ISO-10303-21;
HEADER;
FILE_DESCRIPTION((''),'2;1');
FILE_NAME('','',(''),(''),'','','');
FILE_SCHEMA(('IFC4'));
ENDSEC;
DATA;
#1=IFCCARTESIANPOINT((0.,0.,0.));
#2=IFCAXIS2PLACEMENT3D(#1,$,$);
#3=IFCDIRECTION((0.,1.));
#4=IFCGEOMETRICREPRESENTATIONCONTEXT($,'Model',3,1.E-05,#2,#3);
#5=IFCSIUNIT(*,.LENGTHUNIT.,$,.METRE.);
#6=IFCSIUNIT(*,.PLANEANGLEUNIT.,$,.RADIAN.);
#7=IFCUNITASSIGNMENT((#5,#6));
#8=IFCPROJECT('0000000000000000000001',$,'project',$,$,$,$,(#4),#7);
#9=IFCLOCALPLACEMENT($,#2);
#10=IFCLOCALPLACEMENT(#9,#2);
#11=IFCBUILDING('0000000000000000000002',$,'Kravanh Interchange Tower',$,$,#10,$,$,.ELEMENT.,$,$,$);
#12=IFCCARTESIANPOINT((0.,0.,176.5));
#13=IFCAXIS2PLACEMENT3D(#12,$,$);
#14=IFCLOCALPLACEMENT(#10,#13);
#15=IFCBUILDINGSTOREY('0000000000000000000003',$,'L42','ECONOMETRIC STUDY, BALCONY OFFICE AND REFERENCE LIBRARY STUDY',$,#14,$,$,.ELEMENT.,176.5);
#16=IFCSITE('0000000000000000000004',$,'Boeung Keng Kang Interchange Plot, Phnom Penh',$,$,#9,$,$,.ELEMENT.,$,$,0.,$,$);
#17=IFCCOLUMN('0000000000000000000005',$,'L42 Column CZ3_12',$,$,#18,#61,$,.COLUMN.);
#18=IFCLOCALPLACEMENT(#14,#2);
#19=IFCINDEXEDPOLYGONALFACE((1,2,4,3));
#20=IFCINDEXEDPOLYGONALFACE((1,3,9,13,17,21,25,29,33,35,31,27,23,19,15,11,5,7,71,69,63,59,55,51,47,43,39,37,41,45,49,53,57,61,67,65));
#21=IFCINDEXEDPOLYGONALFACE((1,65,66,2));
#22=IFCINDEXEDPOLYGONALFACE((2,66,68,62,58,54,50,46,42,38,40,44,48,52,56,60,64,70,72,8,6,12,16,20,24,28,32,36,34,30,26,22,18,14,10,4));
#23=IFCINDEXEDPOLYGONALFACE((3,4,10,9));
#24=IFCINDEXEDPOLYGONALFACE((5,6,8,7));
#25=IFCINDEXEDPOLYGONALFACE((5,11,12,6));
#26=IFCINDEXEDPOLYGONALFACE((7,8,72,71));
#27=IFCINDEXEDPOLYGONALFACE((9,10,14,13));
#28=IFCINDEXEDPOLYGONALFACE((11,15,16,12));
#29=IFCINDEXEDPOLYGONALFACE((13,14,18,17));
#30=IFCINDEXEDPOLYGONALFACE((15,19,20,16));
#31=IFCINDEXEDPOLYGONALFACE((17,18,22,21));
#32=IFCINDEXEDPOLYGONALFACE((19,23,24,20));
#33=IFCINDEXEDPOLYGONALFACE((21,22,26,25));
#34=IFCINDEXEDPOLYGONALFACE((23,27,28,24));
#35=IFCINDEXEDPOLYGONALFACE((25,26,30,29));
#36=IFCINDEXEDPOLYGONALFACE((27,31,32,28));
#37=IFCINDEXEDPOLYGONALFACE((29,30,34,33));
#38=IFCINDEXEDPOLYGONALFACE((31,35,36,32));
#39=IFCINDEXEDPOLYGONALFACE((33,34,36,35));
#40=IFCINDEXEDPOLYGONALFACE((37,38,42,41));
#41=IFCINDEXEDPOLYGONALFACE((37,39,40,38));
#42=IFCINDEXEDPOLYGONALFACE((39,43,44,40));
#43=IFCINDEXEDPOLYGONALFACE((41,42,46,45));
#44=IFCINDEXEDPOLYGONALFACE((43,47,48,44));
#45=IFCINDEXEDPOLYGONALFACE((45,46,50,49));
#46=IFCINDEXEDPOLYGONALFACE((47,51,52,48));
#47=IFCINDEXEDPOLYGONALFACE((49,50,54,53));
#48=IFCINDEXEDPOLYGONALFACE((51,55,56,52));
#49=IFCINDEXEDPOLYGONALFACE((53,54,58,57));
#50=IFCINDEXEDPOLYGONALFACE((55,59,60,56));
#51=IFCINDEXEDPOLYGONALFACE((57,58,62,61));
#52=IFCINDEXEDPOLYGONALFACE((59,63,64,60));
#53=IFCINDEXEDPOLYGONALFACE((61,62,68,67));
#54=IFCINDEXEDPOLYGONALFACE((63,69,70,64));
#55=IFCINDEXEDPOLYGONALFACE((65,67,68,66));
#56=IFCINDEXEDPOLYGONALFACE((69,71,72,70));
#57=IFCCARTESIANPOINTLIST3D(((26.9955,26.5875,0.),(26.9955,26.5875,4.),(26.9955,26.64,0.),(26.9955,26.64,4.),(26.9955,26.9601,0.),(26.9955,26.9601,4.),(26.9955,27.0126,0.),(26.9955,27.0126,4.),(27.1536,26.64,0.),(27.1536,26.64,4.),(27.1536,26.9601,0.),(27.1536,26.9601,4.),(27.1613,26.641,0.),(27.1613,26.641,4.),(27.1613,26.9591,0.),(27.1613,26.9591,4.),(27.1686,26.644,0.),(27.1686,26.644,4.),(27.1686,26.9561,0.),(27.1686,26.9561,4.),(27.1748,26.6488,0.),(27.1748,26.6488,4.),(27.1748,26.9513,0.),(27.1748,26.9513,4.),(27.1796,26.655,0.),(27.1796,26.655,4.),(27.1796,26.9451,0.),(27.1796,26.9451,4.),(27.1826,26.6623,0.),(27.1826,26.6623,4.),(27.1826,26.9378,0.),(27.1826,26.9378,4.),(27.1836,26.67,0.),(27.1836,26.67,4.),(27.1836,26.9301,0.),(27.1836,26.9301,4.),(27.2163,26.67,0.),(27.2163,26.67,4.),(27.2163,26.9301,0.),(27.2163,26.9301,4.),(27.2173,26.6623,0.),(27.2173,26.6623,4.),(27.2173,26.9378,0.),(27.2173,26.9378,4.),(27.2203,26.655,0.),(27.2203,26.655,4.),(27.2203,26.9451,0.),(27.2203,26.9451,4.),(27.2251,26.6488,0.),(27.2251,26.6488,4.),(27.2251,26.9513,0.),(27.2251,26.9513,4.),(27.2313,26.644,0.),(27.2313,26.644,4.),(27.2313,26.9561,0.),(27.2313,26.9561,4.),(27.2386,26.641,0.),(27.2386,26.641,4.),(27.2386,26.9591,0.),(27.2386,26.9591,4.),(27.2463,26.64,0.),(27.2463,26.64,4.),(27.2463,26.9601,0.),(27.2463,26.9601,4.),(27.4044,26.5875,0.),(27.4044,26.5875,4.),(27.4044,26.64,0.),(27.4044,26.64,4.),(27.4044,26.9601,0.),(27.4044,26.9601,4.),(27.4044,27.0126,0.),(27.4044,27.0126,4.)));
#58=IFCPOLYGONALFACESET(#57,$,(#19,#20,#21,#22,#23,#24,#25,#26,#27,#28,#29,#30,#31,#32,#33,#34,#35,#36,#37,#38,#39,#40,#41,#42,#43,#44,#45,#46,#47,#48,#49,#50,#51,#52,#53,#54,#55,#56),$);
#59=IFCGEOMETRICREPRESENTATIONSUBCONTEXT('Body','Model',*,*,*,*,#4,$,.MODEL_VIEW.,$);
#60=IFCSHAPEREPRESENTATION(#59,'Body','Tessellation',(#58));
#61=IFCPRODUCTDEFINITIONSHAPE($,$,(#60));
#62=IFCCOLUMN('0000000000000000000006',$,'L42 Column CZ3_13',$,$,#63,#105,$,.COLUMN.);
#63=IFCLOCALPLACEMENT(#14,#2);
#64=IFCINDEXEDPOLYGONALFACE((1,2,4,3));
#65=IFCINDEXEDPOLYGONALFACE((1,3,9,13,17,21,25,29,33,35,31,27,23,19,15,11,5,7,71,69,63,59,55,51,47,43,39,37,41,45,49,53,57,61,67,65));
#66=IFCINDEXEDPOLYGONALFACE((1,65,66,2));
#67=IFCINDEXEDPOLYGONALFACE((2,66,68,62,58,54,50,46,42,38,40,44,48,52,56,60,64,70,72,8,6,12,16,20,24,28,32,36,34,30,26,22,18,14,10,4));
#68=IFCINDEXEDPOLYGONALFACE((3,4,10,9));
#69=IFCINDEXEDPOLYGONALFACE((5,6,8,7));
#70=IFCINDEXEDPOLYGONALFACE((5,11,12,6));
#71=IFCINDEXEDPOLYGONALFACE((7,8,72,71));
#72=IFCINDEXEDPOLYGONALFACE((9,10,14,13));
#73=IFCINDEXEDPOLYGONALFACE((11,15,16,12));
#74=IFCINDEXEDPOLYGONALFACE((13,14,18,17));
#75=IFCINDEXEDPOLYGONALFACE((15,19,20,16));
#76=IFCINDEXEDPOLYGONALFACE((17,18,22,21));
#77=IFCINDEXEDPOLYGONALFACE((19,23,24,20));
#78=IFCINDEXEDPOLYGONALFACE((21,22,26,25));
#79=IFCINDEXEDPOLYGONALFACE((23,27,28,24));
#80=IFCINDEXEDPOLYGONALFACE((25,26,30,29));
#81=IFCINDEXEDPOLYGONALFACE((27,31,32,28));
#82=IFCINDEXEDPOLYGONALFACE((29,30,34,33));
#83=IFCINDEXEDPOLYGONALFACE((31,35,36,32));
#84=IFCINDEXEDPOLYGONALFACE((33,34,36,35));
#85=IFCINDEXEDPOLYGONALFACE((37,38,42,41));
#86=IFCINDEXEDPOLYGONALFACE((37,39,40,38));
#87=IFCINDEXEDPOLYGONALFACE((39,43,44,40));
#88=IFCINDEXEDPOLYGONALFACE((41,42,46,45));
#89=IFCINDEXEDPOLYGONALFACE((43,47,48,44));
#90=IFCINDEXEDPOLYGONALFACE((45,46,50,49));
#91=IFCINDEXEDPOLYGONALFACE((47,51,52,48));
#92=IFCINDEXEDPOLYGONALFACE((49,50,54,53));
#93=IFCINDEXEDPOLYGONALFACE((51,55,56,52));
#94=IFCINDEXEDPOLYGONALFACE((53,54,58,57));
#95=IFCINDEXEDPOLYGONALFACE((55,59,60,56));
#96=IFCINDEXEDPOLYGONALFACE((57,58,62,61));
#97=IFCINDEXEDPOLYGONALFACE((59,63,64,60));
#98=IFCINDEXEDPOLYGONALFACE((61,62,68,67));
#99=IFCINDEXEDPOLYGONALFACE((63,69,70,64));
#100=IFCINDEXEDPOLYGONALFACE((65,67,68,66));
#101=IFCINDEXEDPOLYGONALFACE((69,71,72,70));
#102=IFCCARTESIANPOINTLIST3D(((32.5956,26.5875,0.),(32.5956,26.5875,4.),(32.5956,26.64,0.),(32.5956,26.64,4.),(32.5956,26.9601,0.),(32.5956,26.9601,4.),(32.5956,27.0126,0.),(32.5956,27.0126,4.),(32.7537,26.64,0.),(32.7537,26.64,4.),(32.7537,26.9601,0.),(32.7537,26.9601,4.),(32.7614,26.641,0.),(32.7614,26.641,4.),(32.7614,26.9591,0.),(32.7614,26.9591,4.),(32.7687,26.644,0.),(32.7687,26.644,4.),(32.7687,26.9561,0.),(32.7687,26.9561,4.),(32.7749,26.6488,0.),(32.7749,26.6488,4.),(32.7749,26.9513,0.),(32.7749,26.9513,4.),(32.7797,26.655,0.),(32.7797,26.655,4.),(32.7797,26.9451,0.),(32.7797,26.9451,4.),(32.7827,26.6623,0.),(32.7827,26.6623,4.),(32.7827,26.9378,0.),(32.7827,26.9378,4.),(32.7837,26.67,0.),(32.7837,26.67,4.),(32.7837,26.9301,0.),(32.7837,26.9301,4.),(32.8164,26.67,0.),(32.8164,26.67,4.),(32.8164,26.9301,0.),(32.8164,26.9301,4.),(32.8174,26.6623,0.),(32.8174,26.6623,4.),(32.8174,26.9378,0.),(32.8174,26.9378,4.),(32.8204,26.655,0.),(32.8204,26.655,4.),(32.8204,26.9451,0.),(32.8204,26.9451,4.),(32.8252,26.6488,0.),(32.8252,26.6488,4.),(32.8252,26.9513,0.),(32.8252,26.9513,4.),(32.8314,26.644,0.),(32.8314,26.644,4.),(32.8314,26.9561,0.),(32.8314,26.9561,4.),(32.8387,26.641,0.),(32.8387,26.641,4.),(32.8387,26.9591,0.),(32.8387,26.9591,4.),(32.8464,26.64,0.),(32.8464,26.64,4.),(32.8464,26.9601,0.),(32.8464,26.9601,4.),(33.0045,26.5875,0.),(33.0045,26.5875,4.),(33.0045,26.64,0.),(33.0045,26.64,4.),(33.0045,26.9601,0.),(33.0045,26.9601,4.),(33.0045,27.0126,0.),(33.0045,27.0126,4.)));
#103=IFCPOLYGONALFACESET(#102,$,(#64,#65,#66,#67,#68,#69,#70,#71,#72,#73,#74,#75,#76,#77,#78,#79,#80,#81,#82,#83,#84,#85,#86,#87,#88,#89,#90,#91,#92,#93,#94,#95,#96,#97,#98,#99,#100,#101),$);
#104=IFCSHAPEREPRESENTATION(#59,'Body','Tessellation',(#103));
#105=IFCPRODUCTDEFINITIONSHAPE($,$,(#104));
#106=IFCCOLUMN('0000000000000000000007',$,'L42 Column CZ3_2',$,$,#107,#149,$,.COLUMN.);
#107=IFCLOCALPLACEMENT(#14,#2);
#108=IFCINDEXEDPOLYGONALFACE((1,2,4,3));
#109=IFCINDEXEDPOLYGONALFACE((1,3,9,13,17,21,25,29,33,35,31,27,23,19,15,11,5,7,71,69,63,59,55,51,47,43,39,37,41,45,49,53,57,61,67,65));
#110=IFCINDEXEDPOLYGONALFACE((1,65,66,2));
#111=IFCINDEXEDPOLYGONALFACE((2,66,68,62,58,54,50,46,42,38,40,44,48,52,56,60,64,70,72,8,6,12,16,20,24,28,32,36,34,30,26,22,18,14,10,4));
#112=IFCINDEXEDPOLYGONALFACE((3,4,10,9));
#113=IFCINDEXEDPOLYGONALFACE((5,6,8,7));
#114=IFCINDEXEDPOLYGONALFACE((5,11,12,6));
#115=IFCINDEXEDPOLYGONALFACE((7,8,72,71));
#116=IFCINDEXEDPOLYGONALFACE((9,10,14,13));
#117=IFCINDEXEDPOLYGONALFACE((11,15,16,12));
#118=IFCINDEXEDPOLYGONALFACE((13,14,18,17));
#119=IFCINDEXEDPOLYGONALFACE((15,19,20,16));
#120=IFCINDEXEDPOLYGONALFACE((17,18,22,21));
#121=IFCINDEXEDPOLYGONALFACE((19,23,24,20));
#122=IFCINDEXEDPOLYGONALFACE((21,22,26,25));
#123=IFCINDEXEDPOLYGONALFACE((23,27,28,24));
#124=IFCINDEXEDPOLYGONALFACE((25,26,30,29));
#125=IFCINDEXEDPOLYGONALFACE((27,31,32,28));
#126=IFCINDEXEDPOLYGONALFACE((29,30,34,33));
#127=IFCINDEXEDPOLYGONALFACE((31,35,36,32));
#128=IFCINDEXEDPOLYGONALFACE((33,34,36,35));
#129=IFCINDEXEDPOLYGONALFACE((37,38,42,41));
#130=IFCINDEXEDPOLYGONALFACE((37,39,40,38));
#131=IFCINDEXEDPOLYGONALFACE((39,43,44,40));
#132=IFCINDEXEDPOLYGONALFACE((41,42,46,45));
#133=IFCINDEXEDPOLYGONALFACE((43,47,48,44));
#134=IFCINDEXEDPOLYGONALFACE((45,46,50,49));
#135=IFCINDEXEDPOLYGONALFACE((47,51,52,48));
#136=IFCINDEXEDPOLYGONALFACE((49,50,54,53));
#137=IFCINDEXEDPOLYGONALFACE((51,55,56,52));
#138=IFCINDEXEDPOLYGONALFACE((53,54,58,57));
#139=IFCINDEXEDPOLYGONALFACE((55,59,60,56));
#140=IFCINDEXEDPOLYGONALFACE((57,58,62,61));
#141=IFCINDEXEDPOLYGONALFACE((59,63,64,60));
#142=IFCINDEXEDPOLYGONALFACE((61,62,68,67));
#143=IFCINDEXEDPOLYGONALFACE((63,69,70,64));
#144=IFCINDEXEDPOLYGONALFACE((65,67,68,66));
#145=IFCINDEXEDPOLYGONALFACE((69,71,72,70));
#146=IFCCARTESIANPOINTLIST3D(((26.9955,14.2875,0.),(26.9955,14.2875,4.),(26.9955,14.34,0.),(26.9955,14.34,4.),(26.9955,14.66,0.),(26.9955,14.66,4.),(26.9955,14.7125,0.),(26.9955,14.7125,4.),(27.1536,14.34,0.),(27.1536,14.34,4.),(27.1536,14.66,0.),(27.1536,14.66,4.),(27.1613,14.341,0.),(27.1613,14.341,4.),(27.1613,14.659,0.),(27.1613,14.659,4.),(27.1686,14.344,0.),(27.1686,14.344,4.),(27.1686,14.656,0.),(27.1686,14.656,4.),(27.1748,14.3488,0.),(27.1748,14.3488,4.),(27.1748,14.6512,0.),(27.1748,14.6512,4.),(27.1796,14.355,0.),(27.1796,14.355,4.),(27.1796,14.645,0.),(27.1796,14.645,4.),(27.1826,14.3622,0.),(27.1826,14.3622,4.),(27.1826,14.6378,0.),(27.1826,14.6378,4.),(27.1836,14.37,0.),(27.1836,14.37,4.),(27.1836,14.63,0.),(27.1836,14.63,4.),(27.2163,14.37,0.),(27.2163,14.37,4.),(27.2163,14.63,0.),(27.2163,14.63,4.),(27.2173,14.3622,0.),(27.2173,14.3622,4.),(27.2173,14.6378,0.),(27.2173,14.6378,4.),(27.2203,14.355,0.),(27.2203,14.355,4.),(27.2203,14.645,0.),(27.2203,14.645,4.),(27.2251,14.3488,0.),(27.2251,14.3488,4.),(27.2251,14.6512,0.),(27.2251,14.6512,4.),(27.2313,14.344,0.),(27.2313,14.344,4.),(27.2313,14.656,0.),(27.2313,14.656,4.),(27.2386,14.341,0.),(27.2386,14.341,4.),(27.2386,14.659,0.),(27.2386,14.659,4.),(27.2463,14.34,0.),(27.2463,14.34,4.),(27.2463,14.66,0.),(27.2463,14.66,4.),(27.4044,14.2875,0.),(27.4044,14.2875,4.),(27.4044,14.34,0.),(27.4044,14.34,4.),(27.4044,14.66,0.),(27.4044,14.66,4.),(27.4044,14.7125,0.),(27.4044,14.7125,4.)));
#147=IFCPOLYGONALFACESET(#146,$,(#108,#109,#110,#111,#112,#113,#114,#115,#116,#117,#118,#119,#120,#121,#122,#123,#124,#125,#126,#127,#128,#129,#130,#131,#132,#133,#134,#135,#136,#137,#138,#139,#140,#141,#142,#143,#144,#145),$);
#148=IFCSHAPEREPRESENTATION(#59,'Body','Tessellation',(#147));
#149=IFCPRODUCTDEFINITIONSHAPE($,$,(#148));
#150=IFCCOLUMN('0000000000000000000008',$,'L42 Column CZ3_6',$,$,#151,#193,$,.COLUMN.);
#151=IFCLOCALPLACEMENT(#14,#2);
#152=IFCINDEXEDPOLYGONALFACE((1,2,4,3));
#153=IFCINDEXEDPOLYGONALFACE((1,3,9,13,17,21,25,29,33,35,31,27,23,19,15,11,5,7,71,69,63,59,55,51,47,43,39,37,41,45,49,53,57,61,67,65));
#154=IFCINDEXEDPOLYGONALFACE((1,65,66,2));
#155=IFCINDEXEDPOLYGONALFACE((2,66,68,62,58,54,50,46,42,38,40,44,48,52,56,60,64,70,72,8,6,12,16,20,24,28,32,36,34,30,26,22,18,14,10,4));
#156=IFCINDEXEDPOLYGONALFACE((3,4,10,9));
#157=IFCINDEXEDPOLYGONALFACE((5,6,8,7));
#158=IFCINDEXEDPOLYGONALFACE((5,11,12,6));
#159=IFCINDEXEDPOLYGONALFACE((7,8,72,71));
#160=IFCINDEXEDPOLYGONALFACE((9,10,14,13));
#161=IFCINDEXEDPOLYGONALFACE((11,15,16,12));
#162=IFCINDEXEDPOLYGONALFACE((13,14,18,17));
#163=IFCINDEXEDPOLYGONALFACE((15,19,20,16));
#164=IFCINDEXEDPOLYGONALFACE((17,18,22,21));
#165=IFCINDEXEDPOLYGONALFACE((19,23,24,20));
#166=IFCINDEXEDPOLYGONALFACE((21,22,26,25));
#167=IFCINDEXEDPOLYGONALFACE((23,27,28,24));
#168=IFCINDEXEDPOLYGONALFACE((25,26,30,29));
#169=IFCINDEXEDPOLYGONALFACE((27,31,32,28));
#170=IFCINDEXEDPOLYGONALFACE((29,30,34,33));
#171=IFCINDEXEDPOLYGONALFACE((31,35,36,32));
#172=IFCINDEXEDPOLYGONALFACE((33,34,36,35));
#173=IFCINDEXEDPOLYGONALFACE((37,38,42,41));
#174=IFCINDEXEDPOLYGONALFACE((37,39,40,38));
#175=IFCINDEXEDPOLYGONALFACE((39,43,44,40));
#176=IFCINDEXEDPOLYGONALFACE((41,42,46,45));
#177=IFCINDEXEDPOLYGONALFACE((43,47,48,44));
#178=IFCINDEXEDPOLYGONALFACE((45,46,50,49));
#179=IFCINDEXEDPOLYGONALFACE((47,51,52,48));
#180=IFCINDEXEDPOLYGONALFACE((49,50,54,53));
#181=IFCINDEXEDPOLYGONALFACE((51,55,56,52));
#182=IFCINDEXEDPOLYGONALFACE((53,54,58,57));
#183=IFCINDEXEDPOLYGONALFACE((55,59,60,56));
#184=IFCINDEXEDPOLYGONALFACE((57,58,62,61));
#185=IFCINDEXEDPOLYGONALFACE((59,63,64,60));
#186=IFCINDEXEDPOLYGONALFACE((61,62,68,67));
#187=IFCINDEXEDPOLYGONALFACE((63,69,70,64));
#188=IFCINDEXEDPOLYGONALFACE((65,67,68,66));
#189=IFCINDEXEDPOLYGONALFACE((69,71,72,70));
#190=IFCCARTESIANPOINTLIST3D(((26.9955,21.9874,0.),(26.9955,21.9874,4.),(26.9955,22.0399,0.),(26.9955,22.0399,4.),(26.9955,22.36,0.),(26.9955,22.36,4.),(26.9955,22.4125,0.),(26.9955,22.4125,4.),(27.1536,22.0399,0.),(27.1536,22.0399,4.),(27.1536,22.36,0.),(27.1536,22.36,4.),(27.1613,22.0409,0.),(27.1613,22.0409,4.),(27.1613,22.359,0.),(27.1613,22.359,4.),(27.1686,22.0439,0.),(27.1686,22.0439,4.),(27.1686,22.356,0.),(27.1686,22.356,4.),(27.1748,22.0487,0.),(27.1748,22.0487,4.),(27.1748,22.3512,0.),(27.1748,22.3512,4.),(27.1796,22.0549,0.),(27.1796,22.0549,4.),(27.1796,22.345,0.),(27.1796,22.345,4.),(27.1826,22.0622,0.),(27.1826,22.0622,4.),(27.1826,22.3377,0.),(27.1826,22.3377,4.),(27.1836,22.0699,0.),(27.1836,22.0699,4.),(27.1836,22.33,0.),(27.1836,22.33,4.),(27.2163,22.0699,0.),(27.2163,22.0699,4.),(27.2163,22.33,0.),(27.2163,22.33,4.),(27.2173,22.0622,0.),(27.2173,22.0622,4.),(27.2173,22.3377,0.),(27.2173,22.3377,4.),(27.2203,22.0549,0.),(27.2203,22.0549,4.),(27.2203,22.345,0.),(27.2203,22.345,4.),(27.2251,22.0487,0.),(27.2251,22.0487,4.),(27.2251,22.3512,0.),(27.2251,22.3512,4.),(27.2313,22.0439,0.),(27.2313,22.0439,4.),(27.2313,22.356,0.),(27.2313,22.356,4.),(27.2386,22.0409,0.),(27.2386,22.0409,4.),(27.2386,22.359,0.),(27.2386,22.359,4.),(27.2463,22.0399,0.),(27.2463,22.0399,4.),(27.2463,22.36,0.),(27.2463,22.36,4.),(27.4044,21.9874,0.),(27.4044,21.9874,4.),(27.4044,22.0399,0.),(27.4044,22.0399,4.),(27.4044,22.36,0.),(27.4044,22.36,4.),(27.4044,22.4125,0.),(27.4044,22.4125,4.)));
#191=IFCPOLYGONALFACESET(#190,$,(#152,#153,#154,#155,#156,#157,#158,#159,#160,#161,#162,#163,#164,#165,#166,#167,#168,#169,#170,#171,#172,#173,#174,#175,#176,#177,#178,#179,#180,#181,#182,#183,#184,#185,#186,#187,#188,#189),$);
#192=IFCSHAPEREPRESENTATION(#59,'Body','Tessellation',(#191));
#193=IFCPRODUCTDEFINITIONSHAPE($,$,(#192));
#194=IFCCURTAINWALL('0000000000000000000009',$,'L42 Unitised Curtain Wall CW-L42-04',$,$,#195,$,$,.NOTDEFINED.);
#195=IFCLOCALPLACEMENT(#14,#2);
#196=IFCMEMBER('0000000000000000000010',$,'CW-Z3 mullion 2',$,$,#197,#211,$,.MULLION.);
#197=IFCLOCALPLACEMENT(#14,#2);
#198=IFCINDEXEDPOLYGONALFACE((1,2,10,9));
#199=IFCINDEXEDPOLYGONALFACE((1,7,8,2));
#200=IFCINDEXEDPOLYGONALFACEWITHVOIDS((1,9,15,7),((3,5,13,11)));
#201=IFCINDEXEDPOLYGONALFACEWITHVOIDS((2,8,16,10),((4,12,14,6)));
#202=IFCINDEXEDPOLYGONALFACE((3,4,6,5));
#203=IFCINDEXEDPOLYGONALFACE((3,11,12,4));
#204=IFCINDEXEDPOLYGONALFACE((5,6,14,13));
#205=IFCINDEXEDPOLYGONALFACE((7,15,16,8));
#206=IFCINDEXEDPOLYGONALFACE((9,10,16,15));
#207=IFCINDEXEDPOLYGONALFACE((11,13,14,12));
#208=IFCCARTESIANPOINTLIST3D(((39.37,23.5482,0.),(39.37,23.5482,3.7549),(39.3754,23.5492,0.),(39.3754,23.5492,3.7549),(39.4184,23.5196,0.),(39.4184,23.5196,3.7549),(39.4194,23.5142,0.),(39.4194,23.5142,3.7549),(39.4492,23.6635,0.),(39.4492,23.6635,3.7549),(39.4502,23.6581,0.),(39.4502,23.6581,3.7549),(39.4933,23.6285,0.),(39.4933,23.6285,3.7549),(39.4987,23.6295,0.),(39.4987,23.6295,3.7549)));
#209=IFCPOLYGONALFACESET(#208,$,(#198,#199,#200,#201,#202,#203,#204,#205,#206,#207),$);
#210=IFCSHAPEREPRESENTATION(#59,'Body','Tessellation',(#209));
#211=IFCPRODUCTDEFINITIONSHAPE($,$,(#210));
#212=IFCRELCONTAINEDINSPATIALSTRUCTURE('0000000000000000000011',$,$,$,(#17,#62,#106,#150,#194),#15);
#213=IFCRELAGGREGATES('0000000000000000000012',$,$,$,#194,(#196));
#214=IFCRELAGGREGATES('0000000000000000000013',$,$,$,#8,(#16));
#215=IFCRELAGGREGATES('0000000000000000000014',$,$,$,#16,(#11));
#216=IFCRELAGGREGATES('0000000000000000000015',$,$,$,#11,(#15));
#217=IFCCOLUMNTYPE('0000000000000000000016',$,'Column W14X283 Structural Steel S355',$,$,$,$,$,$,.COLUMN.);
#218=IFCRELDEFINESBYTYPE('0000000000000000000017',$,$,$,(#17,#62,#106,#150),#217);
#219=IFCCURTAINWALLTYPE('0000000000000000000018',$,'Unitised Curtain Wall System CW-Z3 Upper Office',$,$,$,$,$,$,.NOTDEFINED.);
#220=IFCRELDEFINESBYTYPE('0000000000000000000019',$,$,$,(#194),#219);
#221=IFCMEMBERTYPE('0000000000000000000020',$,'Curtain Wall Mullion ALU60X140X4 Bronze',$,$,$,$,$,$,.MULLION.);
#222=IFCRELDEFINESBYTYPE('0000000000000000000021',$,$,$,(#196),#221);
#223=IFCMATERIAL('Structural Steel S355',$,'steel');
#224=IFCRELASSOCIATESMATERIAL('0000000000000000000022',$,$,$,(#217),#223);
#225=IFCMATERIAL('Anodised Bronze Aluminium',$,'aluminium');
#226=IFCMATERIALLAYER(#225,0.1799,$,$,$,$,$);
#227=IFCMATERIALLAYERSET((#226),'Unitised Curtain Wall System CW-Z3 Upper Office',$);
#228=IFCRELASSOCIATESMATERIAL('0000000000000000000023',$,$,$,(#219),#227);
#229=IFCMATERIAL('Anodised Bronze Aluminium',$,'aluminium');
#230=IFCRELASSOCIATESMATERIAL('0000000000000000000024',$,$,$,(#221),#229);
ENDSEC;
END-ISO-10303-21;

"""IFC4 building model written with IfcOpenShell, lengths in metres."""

from ifc_helpers import new_model, si_unit, direction, frame, origin, origin_2d, place, context, subcontext, project, spatial, hollow_rectangle, i_section, extrude, material, layer, layer_set, material_profile, profile_set, type_object, element, aggregate, save


model = new_model("IFC4")

# Units and contexts
model_context = context("Model", 3, precision=1e-05, world=origin(), true_north=direction((0.0, 1.0)))
body_context = subcontext(model_context, "Body", "Model", "MODEL_VIEW")
ifc_project = project(units=[si_unit("LENGTHUNIT", "METRE"), si_unit("PLANEANGLEUNIT", "RADIAN")], contexts=[model_context])

# Site, building, storey
site_placement = place(None, origin())
site = spatial("IfcSite", under=ifc_project, at=site_placement, Name="Boeung Keng Kang Interchange Plot, Phnom Penh", CompositionType="ELEMENT", RefElevation=0.0)
building_placement = place(site_placement, origin())
building = spatial("IfcBuilding", under=site, at=building_placement, Name="Kravanh Interchange Tower", CompositionType="ELEMENT")
storey_placement = place(building_placement, frame((0.0, 0.0, 176.5)))
storey = spatial("IfcBuildingStorey", under=building, at=storey_placement, Name="L42", Description="ECONOMETRIC STUDY, BALCONY OFFICE AND REFERENCE LIBRARY STUDY", CompositionType="ELEMENT", Elevation=176.5)

# Columns
ifc_material_1 = material(Name="Structural Steel S355", Category="steel")
ifc_material_profile_1 = material_profile(ifc_material_1, i_section(OverallWidth=0.4089, OverallDepth=0.425, WebThickness=0.0327, FlangeThickness=0.0525, FilletRadius=0.03, at=origin_2d()), Name="W14X283")
ifc_profile_set_1 = profile_set([ifc_material_profile_1], Name="Structural Steel S355")
column_type = type_object("IfcColumnType", Name="Column W14X283 Structural Steel S355", PredefinedType="COLUMN", material=ifc_profile_set_1)
for number, where, z_axis, x_axis, name in (
    (1, (27.2, 26.8, 0.0), (0.0, 0.0, 1.0), (1.0, 0.0, 0.0), "L42 Column CZ3_12"),
    (2, (32.8, 26.8, 0.0), (0.0, 0.0, 1.0), (1.0, 0.0, 0.0), "L42 Column CZ3_13"),
    (3, (27.2, 14.5, 0.0), (0.0, 0.0, 1.0), (1.0, 0.0, 0.0), "L42 Column CZ3_2"),
    (4, (27.2, 22.2, 0.0), (0.0, 0.0, 1.0), (1.0, 0.0, 0.0), "L42 Column CZ3_6"),
):
    element("IfcColumn", number, at=place(storey_placement, frame(where, z_axis=z_axis, x_axis=x_axis)), inside=storey, type_object=column_type, Name=name, PredefinedType="COLUMN", context=body_context, shape_type="SweptSolid", body=[
        extrude(i_section(OverallWidth=0.4089, OverallDepth=0.425, WebThickness=0.0327, FlangeThickness=0.0525, FilletRadius=0.03, at=origin_2d()), origin(), (0.0, 0.0, 1.0), 4.0),
    ])

# Curtain wall, member
ifc_material_2 = material(Name="Anodised Bronze Aluminium", Category="aluminium")
ifc_layer_1 = layer(ifc_material_2, 0.1799)
ifc_layer_set_1 = layer_set([ifc_layer_1], Name="Unitised Curtain Wall System CW-Z3 Upper Office")
curtain_wall_type = type_object("IfcCurtainWallType", Name="Unitised Curtain Wall System CW-Z3 Upper Office", PredefinedType="NOTDEFINED", material=ifc_layer_set_1)
curtain_wall_1_placement = place(storey_placement, origin())
curtain_wall_1 = element("IfcCurtainWall", 5, at=curtain_wall_1_placement, inside=storey, type_object=curtain_wall_type, Name="L42 Unitised Curtain Wall CW-L42-04", PredefinedType="NOTDEFINED")
ifc_material_3 = material(Name="Anodised Bronze Aluminium", Category="aluminium")
ifc_material_profile_2 = material_profile(ifc_material_3, hollow_rectangle(XDim=0.0601, YDim=0.1399, WallThickness=0.0039, at=origin_2d()), Name="ALU60X140X4")
ifc_profile_set_2 = profile_set([ifc_material_profile_2], Name="Anodised Bronze Aluminium")
member_type_1 = type_object("IfcMemberType", Name="Curtain Wall Mullion ALU60X140X4 Bronze", PredefinedType="MULLION", material=ifc_profile_set_2)
member_1_placement = place(storey_placement, frame((39.4343, 23.5889, 0.0), z_axis=(0.0, 0.0, 1.0), x_axis=(0.824042, -0.566528, 0.0)))
member_1 = element("IfcMember", 6, at=member_1_placement, type_object=member_type_1, Name="CW-Z3 mullion 2", PredefinedType="MULLION", context=body_context, shape_type="SweptSolid", body=[
    extrude(hollow_rectangle(XDim=0.0601, YDim=0.1399, WallThickness=0.0039, at=origin_2d()), origin(), (0.0, 0.0, 1.0), 3.7549),
])

aggregate(curtain_wall_1, [member_1])

save(model, "model.ifc")
